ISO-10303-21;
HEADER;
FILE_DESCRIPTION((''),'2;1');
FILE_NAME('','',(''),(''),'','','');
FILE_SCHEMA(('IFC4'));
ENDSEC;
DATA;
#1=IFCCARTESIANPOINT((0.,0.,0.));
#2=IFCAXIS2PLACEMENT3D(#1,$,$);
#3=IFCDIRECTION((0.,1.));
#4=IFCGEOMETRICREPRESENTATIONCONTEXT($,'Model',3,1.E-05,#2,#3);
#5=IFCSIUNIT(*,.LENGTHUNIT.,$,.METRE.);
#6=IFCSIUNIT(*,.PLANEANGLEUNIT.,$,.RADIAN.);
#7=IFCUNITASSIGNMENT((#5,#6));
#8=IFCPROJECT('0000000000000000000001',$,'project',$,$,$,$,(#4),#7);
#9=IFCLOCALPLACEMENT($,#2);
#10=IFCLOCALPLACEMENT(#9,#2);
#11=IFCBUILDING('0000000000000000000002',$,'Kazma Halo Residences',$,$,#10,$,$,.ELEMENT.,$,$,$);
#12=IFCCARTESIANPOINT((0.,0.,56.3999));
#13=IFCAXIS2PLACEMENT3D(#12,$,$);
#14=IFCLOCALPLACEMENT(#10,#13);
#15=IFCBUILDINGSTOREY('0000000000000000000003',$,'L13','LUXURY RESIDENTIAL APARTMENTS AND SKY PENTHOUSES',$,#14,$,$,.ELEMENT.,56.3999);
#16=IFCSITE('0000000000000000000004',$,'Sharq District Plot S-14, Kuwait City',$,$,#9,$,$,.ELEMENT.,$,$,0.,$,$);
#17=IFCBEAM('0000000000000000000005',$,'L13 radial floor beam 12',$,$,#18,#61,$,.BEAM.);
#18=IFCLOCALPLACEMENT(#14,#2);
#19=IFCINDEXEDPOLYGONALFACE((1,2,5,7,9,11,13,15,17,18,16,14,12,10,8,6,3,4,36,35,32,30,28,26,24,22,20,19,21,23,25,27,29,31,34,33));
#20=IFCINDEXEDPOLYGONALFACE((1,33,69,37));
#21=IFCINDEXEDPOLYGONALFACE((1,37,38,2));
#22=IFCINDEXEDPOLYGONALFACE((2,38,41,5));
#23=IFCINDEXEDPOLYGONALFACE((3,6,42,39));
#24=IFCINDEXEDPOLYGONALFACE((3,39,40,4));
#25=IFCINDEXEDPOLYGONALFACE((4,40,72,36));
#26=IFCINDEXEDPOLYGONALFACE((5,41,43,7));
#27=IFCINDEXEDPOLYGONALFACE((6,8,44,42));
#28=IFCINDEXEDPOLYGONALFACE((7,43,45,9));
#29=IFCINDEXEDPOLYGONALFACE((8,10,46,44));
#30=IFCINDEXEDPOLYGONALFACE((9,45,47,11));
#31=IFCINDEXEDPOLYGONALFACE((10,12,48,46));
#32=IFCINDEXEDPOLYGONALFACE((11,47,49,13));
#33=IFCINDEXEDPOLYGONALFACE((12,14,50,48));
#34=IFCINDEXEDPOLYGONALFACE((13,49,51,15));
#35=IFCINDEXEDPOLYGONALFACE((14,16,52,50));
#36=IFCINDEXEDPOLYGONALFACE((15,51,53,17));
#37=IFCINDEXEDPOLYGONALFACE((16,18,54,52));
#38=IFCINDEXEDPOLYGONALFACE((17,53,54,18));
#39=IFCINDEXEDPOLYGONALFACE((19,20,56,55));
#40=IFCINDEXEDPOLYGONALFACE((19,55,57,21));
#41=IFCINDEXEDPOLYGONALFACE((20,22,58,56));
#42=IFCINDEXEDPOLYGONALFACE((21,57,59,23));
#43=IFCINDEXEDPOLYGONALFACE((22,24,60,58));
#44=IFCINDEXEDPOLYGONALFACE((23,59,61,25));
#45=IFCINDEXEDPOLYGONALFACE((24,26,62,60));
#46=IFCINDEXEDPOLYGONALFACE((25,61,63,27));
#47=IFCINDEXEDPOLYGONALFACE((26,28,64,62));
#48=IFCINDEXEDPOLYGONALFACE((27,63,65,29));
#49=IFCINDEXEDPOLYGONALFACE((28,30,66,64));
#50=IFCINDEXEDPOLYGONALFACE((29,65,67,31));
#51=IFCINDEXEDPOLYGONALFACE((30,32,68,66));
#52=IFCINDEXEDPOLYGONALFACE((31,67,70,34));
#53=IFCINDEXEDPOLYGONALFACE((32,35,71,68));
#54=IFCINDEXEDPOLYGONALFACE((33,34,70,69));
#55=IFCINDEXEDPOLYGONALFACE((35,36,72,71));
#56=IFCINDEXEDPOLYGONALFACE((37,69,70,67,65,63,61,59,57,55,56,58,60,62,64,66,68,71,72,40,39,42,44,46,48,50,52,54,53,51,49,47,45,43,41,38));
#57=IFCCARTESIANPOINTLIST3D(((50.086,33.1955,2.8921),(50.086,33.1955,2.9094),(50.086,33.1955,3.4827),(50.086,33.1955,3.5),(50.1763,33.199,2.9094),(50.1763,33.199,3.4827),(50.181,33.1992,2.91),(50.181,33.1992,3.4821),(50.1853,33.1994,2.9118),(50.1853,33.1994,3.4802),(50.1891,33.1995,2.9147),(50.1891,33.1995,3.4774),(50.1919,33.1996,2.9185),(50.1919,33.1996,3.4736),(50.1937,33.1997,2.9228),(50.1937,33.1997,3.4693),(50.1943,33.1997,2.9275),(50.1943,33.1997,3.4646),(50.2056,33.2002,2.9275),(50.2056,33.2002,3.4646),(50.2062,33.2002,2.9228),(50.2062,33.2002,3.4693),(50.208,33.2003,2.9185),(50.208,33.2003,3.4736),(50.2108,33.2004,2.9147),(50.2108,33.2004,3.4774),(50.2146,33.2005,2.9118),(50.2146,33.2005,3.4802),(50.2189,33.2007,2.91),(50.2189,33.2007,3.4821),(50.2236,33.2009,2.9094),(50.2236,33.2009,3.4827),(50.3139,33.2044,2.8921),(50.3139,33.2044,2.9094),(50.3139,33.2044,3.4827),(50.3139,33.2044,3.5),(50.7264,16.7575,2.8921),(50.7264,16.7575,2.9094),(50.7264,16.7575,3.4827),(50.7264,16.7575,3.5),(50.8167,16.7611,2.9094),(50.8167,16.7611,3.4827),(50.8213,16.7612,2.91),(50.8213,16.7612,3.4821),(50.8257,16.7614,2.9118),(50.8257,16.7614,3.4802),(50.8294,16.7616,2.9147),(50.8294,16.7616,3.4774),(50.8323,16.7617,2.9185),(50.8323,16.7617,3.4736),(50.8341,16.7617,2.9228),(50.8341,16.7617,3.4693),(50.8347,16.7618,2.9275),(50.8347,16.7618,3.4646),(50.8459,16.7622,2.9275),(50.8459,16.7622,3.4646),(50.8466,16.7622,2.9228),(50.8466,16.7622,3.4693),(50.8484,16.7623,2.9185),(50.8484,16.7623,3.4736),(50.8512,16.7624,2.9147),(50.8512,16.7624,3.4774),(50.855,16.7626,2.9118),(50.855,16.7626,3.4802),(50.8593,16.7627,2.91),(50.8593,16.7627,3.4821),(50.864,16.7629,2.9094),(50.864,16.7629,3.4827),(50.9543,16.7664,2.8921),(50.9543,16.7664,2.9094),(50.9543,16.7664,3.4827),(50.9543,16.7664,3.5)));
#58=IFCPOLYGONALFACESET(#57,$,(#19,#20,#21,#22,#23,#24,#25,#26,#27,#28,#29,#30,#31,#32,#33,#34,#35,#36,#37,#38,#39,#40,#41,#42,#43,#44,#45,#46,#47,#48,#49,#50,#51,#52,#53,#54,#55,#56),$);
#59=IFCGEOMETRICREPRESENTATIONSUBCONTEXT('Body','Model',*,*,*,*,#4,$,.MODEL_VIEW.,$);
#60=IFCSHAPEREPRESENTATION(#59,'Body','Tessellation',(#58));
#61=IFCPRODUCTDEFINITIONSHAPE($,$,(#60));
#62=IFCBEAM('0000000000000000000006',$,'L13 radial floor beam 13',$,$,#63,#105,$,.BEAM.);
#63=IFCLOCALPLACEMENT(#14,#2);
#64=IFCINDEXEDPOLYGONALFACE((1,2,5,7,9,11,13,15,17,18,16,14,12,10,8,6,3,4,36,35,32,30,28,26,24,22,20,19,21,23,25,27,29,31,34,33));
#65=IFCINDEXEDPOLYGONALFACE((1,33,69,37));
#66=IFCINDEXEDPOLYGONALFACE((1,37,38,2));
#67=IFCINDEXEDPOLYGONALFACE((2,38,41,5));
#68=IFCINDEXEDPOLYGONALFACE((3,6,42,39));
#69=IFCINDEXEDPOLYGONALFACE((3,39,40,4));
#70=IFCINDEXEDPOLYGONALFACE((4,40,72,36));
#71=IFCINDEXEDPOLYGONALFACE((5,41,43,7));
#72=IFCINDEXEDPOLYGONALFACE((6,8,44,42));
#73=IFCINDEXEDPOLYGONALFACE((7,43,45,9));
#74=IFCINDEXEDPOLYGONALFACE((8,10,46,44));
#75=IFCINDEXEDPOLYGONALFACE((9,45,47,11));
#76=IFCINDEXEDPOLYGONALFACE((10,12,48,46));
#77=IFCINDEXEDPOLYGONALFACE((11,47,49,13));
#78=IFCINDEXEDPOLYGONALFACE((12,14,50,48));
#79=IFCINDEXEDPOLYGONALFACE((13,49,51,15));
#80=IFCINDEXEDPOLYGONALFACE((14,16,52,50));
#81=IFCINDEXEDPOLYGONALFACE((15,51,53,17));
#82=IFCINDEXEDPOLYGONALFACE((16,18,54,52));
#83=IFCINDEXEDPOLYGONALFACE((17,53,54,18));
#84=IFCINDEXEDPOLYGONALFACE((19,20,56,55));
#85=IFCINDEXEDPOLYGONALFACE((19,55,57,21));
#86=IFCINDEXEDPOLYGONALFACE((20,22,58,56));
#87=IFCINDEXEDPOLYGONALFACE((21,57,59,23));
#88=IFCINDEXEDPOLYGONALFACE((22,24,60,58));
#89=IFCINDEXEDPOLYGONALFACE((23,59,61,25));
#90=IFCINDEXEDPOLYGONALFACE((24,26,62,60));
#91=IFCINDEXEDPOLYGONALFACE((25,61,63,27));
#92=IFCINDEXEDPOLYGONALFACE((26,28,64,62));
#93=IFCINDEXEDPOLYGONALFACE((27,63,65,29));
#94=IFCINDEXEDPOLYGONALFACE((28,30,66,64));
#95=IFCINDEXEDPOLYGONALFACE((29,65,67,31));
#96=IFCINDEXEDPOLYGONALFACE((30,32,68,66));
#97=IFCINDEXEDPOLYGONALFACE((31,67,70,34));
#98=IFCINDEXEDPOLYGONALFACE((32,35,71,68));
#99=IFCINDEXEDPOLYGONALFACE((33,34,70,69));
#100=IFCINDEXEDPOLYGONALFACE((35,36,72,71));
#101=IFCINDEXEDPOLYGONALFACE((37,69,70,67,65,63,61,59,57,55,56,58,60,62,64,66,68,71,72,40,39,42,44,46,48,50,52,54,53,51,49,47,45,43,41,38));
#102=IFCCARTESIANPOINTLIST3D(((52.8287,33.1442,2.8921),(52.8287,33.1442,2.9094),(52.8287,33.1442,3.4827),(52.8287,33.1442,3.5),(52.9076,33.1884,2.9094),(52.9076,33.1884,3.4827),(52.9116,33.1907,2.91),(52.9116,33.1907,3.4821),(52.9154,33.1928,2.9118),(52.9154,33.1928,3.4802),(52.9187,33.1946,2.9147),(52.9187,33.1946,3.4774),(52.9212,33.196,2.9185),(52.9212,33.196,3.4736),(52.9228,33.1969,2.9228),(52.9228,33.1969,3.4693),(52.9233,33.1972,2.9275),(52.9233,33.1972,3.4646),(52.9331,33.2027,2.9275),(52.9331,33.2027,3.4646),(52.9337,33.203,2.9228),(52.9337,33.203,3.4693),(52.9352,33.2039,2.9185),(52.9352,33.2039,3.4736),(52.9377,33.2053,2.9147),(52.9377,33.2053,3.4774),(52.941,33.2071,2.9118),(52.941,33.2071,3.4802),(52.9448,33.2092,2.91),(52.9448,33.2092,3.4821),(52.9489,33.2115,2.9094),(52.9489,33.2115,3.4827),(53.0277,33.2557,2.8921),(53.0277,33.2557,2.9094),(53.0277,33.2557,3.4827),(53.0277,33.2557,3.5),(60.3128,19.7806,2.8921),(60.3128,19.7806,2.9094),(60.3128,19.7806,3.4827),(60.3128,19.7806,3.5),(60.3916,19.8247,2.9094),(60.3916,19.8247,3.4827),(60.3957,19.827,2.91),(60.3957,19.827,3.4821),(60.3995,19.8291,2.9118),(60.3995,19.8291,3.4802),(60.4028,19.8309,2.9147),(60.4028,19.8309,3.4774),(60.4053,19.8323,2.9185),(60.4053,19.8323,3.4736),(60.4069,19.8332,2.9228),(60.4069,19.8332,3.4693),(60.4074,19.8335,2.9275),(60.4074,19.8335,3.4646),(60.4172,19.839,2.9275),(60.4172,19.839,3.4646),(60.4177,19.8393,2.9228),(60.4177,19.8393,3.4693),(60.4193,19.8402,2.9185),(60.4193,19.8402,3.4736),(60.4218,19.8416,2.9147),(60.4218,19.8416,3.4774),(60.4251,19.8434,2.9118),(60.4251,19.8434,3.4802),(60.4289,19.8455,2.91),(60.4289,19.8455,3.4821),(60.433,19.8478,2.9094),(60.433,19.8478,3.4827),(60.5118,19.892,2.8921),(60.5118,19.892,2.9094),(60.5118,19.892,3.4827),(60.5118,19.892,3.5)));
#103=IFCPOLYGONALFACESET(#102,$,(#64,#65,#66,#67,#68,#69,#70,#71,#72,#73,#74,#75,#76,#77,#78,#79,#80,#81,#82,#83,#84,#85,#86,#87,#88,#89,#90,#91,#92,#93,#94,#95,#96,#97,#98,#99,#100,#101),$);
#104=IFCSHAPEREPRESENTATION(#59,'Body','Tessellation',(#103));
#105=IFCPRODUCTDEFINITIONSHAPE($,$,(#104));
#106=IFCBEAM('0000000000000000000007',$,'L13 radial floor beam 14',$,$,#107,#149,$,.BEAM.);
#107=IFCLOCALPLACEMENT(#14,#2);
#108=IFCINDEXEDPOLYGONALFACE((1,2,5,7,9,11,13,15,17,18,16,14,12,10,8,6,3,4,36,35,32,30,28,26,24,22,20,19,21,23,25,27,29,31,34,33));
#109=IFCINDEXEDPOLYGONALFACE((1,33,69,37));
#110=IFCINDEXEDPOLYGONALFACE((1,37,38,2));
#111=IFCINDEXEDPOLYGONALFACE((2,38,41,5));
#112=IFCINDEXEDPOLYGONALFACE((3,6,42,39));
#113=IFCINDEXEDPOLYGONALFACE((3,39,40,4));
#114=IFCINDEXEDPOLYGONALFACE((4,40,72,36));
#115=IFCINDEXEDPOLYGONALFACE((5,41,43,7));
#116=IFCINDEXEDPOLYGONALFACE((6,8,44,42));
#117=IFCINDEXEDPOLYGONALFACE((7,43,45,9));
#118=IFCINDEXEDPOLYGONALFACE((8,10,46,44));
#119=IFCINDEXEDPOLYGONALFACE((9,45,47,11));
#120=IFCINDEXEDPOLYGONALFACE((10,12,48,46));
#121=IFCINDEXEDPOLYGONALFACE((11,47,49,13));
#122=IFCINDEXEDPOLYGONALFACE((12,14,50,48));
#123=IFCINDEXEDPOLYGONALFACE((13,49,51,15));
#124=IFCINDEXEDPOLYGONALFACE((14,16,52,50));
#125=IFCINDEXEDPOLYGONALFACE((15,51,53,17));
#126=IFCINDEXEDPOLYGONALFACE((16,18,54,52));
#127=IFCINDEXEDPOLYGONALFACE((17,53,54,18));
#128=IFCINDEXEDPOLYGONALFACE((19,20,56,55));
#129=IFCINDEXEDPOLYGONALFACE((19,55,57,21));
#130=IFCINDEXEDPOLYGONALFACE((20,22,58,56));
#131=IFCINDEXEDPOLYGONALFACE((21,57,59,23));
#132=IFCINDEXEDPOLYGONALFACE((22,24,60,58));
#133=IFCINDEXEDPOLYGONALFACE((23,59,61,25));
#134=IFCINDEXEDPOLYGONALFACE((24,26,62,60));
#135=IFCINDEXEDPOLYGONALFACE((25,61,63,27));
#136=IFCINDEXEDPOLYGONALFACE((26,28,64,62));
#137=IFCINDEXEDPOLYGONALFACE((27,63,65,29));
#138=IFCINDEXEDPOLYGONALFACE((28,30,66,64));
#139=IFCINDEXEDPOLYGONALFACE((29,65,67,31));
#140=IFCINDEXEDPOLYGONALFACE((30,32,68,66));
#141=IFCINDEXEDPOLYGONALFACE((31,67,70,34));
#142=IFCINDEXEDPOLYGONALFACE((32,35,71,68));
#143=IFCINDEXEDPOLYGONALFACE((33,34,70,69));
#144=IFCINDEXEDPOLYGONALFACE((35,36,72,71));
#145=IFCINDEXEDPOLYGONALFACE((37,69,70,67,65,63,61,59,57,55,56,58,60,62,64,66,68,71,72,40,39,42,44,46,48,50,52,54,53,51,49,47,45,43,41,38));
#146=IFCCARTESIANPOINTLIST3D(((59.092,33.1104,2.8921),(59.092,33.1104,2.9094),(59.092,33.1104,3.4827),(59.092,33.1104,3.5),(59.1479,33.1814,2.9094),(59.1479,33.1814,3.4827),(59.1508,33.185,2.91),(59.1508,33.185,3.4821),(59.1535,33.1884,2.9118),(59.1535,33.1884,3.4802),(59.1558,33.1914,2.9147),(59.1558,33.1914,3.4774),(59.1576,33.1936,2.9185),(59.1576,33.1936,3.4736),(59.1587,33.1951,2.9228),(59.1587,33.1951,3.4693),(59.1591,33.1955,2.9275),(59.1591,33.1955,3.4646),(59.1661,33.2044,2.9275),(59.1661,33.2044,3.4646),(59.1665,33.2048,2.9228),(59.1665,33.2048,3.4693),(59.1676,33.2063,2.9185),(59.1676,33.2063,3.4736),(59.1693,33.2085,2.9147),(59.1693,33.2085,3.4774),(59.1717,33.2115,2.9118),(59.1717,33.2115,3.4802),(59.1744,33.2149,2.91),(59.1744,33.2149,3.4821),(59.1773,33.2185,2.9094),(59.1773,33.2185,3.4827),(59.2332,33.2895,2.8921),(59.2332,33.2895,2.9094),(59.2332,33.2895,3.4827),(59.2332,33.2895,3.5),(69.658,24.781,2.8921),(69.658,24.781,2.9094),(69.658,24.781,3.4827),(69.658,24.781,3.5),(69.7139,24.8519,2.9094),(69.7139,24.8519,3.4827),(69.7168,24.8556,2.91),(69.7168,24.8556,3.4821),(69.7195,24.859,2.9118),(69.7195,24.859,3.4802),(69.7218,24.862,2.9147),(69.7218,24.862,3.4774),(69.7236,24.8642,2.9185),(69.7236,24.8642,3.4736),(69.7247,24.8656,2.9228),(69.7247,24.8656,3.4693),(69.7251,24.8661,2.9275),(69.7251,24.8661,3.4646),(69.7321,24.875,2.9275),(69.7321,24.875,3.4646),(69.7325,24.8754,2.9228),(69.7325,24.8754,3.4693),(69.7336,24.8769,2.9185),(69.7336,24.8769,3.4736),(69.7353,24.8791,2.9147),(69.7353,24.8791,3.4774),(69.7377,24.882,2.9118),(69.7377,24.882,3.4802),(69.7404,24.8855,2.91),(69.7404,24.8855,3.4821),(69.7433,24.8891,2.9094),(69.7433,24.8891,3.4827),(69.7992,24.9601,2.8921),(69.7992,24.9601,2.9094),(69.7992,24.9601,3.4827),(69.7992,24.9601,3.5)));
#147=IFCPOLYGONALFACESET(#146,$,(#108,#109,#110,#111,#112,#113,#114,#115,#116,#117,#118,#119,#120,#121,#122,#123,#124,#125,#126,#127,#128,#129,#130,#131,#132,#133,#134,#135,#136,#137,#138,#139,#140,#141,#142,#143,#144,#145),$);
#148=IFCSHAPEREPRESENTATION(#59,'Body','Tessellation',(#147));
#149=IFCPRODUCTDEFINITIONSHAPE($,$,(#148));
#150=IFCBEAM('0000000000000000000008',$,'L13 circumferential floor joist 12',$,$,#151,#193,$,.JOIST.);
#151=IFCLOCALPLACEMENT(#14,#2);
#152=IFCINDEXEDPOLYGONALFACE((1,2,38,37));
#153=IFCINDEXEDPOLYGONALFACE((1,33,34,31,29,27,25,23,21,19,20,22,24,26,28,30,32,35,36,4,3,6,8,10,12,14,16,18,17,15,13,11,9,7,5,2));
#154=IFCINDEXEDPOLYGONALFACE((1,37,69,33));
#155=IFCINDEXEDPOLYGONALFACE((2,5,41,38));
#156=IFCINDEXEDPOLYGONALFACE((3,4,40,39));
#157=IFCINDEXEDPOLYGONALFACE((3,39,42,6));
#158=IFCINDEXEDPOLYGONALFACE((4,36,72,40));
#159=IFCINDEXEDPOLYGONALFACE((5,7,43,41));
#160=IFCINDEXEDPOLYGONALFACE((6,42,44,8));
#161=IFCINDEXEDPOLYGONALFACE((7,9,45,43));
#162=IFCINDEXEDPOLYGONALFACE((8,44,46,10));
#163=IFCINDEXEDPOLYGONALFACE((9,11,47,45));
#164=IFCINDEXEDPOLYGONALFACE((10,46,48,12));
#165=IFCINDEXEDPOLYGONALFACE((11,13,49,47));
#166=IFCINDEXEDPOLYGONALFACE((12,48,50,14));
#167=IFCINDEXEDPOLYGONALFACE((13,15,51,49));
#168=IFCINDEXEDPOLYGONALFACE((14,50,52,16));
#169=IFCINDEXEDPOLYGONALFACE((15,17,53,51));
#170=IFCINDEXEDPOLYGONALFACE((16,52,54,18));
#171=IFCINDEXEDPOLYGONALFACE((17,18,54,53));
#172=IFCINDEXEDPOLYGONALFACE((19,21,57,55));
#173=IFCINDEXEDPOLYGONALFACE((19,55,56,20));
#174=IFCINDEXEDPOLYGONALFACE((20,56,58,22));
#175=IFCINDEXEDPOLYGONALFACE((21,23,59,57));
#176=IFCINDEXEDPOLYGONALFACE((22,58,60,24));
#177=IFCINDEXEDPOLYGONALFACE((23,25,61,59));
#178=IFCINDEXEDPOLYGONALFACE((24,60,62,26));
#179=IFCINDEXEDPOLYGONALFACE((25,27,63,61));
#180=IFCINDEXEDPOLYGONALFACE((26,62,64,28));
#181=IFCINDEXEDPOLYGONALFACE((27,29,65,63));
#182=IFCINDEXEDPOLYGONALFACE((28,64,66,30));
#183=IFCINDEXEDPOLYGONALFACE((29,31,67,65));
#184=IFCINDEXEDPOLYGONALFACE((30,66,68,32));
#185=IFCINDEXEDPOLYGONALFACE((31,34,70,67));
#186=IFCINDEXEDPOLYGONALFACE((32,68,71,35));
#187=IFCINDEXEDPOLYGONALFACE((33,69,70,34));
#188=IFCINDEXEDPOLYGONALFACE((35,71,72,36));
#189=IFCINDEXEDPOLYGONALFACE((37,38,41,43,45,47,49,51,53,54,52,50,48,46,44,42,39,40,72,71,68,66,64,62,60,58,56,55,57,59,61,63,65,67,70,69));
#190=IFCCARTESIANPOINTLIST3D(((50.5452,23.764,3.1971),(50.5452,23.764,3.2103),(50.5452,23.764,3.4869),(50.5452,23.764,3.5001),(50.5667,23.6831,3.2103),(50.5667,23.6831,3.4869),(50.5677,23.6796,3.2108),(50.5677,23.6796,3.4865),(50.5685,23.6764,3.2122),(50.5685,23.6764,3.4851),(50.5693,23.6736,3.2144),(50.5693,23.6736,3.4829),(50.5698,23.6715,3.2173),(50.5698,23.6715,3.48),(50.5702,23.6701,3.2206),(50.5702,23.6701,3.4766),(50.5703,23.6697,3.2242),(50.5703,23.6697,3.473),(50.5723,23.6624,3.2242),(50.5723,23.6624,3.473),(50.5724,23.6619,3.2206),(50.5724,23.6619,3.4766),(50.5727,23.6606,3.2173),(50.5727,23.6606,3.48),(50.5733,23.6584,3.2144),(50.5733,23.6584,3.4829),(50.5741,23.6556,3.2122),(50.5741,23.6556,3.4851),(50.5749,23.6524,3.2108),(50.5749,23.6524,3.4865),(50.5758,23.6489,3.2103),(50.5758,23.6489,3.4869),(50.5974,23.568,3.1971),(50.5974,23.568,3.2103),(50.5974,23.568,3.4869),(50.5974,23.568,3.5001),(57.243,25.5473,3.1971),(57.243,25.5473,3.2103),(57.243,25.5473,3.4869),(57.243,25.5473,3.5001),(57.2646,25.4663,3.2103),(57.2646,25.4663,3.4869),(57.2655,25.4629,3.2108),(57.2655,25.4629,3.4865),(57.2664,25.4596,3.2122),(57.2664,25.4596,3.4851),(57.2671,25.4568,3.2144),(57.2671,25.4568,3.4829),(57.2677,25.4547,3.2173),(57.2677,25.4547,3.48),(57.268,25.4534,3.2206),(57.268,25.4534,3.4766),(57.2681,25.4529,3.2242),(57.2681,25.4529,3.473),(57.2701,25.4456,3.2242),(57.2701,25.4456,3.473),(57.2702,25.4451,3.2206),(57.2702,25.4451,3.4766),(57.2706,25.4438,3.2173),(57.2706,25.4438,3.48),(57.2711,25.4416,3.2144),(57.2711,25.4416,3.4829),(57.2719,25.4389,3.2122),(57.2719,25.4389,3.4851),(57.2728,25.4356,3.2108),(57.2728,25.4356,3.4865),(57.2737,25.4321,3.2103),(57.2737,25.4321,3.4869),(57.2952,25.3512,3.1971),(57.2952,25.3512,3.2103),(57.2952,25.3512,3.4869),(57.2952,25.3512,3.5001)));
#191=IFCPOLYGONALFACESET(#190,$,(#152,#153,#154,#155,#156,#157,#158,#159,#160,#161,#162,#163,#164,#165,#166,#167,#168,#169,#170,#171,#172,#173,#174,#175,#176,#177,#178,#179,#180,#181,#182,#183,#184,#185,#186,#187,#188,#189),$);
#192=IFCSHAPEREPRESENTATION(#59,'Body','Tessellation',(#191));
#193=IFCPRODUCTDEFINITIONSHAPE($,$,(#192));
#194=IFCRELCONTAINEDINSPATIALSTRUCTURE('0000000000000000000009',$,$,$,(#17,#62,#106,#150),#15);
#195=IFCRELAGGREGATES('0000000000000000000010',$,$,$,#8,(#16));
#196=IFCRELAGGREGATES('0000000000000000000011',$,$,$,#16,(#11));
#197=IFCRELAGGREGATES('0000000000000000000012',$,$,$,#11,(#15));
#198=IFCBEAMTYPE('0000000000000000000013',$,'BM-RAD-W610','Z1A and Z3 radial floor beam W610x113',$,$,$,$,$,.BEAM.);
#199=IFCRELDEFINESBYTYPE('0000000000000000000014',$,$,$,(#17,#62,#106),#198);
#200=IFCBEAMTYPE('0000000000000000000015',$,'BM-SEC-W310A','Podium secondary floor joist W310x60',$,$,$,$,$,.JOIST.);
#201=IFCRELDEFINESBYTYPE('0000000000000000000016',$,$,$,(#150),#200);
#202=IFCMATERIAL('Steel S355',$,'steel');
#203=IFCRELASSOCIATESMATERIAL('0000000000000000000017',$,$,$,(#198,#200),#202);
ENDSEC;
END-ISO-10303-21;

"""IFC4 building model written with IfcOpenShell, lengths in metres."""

from ifc_helpers import new_model, si_unit, direction, frame, origin, origin_2d, place, context, subcontext, project, spatial, i_section, extrude, material, material_profile, profile_set, type_object, element, save


model = new_model("IFC4")

# Units and contexts
model_context = context("Model", 3, precision=1e-05, world=origin(), true_north=direction((0.0, 1.0)))
body_context = subcontext(model_context, "Body", "Model", "MODEL_VIEW")
ifc_project = project(units=[si_unit("LENGTHUNIT", "METRE"), si_unit("PLANEANGLEUNIT", "RADIAN")], contexts=[model_context])

# Site, building, storey
site_placement = place(None, origin())
site = spatial("IfcSite", under=ifc_project, at=site_placement, Name="Sharq District Plot S-14, Kuwait City", CompositionType="ELEMENT", RefElevation=0.0)
building_placement = place(site_placement, origin())
building = spatial("IfcBuilding", under=site, at=building_placement, Name="Kazma Halo Residences", CompositionType="ELEMENT")
storey_placement = place(building_placement, frame((0.0, 0.0, 56.3999)))
storey = spatial("IfcBuildingStorey", under=building, at=storey_placement, Name="L13", Description="LUXURY RESIDENTIAL APARTMENTS AND SKY PENTHOUSES", CompositionType="ELEMENT", Elevation=56.3999)

# Beams
ifc_material_1 = material(Name="Steel S355", Category="steel")
ifc_material_profile_1 = material_profile(ifc_material_1, i_section(OverallWidth=0.228, OverallDepth=0.6079, WebThickness=0.0112, FlangeThickness=0.0173, FilletRadius=0.0181, at=origin_2d()), Name="W610x113")
ifc_profile_set_1 = profile_set([ifc_material_profile_1], Name="Steel S355")
beam_type_1 = type_object("IfcBeamType", Name="BM-RAD-W610", Description="Z1A and Z3 radial floor beam W610x113", PredefinedType="BEAM", material=ifc_profile_set_1)
beam_1_placement = place(storey_placement, frame((50.2, 33.2, 3.196), z_axis=(0.038928, -0.999242, 0.0), x_axis=(0.999242, 0.038928, 0.0)))
element("IfcBeam", 1, at=beam_1_placement, inside=storey, type_object=beam_type_1, Name="L13 radial floor beam 12", PredefinedType="BEAM", context=body_context, shape_type="SweptSolid", body=[
    extrude(i_section(OverallWidth=0.228, OverallDepth=0.6079, WebThickness=0.0112, FlangeThickness=0.0173, FilletRadius=0.0181, at=origin_2d()), origin(), (0.0, 0.0, 1.0), 16.4504),
])
beam_2_placement = place(storey_placement, frame((52.9282, 33.2, 3.196), z_axis=(0.488624, -0.872494, 0.0), x_axis=(0.872494, 0.488624, 0.0)))
element("IfcBeam", 2, at=beam_2_placement, inside=storey, type_object=beam_type_1, Name="L13 radial floor beam 13", PredefinedType="BEAM", context=body_context, shape_type="SweptSolid", body=[
    extrude(i_section(OverallWidth=0.228, OverallDepth=0.6079, WebThickness=0.0112, FlangeThickness=0.0173, FilletRadius=0.0181, at=origin_2d()), origin(), (0.0, 0.0, 1.0), 15.3167),
])
beam_3_placement = place(storey_placement, frame((59.1626, 33.2, 3.196), z_axis=(0.785322, -0.619087, 0.0), x_axis=(0.619087, 0.785322, 0.0)))
element("IfcBeam", 3, at=beam_3_placement, inside=storey, type_object=beam_type_1, Name="L13 radial floor beam 14", PredefinedType="BEAM", context=body_context, shape_type="SweptSolid", body=[
    extrude(i_section(OverallWidth=0.228, OverallDepth=0.6079, WebThickness=0.0112, FlangeThickness=0.0173, FilletRadius=0.0181, at=origin_2d()), origin(), (0.0, 0.0, 1.0), 13.4543),
])
ifc_material_profile_2 = material_profile(ifc_material_1, i_section(OverallWidth=0.2029, OverallDepth=0.303, WebThickness=0.0076, FlangeThickness=0.0132, FilletRadius=0.0139, at=origin_2d()), Name="W310x60")
ifc_profile_set_2 = profile_set([ifc_material_profile_2], Name="Steel S355")
beam_type_2 = type_object("IfcBeamType", Name="BM-SEC-W310A", Description="Podium secondary floor joist W310x60", PredefinedType="JOIST", material=ifc_profile_set_2)
beam_4_placement = place(storey_placement, frame((50.5713, 23.666, 3.3486), z_axis=(0.966338, 0.257277, 0.0), x_axis=(-0.257277, 0.966338, 0.0)))
element("IfcBeam", 4, at=beam_4_placement, inside=storey, type_object=beam_type_2, Name="L13 circumferential floor joist 12", PredefinedType="JOIST", context=body_context, shape_type="SweptSolid", body=[
    extrude(i_section(OverallWidth=0.2029, OverallDepth=0.303, WebThickness=0.0076, FlangeThickness=0.0132, FilletRadius=0.0139, at=origin_2d()), origin(), (0.0, 0.0, 1.0), 6.9312),
])

save(model, "model.ifc")
